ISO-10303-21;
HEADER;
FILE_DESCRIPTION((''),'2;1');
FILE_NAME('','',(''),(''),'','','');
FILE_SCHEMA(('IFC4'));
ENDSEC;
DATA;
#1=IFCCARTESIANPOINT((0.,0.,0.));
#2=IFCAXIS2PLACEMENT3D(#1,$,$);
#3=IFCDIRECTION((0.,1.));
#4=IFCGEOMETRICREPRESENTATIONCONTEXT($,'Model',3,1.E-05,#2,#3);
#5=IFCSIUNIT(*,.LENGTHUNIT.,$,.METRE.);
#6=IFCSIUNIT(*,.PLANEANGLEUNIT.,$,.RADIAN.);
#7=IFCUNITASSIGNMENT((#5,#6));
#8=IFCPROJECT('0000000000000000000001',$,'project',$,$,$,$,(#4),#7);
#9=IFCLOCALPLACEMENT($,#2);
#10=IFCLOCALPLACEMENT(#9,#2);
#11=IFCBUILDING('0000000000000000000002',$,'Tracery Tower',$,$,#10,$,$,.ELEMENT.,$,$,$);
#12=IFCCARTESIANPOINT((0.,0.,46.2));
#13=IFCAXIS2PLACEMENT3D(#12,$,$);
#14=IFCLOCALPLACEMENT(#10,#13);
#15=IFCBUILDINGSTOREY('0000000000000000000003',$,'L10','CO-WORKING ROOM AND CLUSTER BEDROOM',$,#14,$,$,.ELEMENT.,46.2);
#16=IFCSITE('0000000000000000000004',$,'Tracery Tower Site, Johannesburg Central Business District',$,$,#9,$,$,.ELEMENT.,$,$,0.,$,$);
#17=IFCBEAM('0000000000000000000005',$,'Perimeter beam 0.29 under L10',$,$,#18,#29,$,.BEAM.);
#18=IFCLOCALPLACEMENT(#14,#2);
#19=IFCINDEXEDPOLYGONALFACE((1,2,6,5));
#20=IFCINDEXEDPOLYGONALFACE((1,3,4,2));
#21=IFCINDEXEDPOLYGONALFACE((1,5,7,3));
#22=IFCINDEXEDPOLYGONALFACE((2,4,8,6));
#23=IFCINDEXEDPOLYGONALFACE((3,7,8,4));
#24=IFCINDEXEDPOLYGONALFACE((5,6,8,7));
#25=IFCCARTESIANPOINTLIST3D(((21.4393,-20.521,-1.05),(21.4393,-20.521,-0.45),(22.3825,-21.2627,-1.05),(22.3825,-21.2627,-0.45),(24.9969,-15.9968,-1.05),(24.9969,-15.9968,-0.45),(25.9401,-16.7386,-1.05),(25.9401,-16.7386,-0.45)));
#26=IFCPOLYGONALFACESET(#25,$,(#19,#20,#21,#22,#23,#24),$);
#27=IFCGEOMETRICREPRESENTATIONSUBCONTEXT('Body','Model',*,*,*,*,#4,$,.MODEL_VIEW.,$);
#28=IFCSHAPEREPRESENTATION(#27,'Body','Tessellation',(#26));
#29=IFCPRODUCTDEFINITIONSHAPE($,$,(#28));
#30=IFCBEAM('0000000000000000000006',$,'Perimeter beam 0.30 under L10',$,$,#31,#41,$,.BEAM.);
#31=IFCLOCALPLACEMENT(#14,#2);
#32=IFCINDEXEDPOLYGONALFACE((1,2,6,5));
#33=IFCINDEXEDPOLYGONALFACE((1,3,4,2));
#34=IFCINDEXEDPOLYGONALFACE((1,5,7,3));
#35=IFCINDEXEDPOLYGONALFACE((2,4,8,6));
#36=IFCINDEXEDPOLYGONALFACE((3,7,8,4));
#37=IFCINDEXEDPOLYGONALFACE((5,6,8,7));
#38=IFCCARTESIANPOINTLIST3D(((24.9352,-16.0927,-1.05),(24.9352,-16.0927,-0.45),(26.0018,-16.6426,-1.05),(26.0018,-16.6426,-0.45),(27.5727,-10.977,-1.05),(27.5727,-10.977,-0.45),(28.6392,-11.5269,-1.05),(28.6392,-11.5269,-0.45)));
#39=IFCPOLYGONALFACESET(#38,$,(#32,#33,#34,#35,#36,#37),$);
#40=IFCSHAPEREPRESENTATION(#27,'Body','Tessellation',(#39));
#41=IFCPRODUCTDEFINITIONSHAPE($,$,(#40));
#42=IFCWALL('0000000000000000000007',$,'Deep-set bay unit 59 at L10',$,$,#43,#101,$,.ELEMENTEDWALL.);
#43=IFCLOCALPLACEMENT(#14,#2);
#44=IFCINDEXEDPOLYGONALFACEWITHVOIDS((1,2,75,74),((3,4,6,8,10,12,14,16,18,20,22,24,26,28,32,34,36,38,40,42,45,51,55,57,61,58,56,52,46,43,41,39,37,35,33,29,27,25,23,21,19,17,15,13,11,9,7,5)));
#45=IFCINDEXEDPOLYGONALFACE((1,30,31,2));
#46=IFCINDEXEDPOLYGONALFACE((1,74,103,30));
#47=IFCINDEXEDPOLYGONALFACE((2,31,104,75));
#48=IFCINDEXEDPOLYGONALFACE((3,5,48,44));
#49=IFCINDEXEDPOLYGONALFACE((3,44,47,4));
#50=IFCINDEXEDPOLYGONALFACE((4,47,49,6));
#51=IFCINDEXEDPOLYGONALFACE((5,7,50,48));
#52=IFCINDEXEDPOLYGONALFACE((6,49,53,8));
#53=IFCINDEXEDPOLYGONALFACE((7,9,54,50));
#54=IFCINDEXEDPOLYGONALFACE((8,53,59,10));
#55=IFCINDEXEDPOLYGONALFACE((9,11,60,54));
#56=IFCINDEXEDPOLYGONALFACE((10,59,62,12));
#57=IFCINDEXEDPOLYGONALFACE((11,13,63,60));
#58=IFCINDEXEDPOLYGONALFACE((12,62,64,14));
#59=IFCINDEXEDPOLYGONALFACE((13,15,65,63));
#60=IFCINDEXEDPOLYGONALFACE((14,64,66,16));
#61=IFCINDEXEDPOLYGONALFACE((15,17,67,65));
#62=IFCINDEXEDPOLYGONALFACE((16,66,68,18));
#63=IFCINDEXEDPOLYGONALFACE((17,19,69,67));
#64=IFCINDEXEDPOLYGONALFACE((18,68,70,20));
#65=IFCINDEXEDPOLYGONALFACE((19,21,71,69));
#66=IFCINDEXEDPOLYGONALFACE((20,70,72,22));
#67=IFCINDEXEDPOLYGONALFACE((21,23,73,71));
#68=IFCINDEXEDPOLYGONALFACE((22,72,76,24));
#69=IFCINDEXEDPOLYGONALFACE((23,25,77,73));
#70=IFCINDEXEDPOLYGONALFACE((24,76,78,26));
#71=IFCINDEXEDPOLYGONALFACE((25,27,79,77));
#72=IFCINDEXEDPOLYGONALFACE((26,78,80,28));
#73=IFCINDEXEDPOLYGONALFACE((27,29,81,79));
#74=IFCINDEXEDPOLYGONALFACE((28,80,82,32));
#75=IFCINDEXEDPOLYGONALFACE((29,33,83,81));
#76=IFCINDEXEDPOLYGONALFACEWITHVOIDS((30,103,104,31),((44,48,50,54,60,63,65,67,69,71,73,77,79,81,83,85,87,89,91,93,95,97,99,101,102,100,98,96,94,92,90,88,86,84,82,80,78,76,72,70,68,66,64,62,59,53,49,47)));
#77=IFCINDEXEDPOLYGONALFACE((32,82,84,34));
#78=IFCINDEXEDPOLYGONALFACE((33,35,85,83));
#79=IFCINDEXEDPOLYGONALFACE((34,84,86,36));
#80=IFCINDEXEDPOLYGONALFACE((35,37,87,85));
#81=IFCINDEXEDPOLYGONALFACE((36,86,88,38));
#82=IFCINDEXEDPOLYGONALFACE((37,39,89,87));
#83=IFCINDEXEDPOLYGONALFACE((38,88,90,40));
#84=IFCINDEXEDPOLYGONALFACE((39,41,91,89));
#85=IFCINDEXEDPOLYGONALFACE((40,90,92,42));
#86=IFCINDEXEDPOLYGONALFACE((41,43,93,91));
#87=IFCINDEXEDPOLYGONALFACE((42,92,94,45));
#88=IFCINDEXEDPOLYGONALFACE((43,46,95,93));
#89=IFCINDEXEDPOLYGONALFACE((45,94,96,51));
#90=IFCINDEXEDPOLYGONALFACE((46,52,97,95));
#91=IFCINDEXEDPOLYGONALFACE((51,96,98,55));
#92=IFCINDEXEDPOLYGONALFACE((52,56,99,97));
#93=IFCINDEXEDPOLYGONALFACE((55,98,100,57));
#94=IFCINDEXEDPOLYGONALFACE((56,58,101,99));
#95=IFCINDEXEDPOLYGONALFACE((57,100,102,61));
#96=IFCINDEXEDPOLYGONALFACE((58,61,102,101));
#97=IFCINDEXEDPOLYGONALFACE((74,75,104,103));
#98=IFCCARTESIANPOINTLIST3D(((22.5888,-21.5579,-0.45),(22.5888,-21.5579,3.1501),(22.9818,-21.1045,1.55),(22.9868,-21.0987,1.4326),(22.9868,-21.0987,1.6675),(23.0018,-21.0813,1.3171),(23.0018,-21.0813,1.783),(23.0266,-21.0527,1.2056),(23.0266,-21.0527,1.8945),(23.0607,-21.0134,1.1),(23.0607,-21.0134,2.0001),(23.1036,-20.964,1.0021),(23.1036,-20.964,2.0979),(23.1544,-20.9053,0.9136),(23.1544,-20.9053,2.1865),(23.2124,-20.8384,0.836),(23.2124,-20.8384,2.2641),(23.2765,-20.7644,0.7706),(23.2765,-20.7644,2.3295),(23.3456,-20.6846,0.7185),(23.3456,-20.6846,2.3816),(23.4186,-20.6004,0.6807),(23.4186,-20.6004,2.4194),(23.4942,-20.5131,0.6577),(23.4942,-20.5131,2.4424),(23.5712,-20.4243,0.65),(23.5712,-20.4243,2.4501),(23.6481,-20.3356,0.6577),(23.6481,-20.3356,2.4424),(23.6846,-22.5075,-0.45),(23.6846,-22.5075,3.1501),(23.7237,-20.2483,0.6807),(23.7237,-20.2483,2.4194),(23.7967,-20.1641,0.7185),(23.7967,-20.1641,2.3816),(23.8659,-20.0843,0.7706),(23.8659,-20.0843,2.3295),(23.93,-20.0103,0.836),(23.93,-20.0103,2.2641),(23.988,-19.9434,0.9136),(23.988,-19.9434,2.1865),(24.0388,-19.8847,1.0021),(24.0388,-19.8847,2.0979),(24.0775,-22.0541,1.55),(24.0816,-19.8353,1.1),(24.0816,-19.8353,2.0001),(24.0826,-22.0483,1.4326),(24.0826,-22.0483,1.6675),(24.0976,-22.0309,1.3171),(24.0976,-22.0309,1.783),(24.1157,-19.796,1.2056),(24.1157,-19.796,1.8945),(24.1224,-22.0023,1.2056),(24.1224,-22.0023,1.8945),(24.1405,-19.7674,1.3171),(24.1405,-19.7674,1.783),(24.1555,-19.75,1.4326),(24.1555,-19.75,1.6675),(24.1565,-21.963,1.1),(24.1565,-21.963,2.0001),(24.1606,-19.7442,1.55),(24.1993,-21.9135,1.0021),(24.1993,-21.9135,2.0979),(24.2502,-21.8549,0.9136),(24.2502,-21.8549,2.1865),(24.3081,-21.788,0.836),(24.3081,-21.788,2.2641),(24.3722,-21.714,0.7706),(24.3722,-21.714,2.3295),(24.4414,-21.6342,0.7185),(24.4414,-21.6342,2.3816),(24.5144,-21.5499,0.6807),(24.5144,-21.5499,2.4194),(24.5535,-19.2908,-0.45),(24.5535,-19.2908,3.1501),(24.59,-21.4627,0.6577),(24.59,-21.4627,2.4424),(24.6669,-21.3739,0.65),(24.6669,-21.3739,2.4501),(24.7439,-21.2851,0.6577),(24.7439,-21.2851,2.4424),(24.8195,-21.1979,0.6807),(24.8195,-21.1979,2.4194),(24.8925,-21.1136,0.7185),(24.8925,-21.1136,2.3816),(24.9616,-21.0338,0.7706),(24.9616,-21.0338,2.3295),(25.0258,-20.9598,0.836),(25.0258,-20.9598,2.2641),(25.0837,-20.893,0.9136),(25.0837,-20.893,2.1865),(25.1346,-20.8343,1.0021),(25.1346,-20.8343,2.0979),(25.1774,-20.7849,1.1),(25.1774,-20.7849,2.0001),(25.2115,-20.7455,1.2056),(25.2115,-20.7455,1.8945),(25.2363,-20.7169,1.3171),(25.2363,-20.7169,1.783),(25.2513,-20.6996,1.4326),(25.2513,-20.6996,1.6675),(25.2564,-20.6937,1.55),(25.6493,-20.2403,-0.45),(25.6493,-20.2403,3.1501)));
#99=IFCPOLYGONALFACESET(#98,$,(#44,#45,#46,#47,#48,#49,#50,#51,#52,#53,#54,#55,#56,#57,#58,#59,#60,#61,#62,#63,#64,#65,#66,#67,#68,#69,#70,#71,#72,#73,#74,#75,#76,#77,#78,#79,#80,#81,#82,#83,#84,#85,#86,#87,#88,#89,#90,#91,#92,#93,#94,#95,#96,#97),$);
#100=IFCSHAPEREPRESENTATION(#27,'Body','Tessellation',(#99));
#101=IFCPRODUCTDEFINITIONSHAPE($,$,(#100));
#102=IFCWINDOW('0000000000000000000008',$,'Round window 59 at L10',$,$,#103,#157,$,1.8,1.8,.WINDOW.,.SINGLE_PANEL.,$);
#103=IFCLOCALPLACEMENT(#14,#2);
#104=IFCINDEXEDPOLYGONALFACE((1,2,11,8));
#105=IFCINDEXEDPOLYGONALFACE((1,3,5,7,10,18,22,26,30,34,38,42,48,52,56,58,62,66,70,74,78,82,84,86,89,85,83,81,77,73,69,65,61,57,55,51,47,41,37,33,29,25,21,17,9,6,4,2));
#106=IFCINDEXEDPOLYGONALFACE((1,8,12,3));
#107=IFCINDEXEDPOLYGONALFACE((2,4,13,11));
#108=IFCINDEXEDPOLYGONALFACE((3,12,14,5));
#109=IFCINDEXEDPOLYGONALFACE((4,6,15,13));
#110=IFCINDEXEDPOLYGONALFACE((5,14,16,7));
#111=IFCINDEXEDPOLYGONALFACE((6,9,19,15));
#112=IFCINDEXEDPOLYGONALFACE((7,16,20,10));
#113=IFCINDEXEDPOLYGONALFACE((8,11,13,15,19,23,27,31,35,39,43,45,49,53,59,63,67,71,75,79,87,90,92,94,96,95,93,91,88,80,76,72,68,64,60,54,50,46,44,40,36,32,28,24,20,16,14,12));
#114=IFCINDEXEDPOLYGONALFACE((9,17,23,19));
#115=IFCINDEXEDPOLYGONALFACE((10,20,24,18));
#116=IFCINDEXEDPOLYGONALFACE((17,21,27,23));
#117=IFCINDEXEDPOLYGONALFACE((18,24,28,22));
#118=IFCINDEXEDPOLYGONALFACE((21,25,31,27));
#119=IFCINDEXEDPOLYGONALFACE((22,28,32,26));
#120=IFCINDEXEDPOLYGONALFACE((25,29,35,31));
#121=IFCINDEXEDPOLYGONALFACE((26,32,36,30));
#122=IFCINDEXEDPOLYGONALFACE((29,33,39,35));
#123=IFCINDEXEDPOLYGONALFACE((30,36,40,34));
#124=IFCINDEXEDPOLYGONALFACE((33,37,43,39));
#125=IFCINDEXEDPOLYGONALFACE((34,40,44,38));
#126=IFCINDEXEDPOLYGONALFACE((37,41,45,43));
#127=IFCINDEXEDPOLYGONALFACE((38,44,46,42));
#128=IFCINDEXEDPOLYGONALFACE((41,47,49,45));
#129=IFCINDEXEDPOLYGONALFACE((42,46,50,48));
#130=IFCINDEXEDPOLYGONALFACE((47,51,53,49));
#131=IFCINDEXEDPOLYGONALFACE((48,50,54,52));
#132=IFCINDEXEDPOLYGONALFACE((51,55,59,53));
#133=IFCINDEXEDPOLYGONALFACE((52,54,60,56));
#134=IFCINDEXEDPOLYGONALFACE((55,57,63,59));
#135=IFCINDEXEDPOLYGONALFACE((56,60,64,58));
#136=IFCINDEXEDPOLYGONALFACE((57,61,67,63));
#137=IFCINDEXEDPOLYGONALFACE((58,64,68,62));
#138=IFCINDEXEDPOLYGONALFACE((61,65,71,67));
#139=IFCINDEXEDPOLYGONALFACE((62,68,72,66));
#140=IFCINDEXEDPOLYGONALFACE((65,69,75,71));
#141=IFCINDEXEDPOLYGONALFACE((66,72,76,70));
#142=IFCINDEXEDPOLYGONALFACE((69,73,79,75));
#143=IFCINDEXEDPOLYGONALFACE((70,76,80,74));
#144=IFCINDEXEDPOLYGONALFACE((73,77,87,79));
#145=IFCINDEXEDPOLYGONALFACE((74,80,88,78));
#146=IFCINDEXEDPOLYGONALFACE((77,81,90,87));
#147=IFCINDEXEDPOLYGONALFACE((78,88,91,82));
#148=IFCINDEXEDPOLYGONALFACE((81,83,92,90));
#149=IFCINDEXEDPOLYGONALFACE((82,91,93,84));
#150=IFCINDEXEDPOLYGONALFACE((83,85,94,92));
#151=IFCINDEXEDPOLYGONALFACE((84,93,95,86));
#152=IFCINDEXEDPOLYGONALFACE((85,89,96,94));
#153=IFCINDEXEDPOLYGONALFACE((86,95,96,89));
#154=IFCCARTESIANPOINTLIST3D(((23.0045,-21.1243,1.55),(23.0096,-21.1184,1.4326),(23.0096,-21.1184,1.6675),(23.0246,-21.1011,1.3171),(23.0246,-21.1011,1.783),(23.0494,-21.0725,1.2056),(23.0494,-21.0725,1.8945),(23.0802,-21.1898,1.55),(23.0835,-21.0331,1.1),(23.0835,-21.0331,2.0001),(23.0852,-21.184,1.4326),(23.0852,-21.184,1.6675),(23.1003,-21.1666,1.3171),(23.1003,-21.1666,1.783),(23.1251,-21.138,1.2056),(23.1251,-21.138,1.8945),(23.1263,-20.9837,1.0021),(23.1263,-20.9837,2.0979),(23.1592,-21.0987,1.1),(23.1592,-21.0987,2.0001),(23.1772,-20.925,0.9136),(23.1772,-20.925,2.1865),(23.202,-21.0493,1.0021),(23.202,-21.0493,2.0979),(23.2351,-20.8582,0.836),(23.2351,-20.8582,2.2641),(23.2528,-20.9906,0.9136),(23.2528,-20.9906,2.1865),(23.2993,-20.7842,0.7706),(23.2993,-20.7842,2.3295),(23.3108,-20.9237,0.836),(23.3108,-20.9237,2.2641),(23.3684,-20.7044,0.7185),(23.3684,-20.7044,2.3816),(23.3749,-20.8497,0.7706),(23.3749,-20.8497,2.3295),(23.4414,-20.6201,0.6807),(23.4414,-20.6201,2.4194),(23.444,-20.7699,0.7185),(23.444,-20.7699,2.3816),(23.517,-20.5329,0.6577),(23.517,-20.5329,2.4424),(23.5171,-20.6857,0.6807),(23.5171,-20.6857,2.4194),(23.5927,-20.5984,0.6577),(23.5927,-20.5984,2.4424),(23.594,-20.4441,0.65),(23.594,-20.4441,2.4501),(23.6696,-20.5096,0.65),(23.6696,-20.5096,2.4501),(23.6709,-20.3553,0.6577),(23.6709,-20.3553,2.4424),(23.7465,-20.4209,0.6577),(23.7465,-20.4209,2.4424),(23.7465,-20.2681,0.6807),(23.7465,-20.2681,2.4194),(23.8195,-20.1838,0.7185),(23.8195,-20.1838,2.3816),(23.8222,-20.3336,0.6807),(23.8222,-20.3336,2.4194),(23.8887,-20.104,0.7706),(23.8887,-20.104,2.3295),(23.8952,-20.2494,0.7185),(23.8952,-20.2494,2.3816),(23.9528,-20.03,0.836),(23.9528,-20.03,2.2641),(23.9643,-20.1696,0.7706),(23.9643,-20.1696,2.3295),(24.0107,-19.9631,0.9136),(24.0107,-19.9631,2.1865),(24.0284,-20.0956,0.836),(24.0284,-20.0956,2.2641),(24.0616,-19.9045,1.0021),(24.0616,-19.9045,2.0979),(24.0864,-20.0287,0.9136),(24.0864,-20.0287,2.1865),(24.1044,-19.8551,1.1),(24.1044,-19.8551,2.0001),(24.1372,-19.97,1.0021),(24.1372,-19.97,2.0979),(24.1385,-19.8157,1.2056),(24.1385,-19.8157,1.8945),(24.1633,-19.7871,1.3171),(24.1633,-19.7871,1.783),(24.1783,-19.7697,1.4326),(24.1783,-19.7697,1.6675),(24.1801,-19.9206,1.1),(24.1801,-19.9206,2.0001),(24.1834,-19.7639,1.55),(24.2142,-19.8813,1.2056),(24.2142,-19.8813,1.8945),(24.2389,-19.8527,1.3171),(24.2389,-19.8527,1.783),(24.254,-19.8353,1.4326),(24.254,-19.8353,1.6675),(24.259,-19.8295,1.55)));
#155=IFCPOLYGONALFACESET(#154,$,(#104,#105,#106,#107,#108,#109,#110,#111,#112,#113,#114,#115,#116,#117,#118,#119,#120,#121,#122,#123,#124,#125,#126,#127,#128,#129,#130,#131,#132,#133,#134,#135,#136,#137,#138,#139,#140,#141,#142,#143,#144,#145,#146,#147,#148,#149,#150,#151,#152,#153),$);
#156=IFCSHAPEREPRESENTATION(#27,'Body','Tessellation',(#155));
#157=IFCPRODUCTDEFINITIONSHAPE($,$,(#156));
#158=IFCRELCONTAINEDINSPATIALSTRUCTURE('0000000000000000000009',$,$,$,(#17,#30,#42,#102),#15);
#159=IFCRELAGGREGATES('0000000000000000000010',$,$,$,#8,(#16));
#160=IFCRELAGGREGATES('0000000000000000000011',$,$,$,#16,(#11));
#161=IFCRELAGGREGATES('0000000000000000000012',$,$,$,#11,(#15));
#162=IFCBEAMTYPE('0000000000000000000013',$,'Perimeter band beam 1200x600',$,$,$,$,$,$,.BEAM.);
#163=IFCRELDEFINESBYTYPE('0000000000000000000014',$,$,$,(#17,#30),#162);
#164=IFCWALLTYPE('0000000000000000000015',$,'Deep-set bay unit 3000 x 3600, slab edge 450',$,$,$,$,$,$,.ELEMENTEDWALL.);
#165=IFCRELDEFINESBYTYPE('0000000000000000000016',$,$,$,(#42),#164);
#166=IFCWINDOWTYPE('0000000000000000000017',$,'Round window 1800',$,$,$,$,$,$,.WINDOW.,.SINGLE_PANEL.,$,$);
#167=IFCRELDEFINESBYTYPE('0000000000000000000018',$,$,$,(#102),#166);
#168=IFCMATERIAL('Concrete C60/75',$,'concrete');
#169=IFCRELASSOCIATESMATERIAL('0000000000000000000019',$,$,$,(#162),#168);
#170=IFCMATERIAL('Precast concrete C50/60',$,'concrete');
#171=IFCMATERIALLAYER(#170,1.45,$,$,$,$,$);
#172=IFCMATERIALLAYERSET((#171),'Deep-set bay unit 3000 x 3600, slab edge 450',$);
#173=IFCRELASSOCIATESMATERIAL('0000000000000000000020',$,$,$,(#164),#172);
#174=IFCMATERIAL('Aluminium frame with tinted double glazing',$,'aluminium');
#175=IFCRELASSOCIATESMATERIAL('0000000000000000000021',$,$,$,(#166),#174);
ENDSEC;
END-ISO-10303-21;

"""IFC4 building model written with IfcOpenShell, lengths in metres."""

from ifc_helpers import new_model, si_unit, direction, frame, frame_2d, origin, origin_2d, place, context, subcontext, project, spatial, rectangle, circle, extrude, material, layer, layer_set, material_profile, profile_set, type_object, element, fill, save


model = new_model("IFC4")

# Units and contexts
model_context = context("Model", 3, precision=1e-05, world=origin(), true_north=direction((0.0, 1.0)))
body_context = subcontext(model_context, "Body", "Model", "MODEL_VIEW")
ifc_project = project(units=[si_unit("LENGTHUNIT", "METRE"), si_unit("PLANEANGLEUNIT", "RADIAN")], contexts=[model_context])

# Site, building, storey
site_placement = place(None, origin())
site = spatial("IfcSite", under=ifc_project, at=site_placement, Name="Tracery Tower Site, Johannesburg Central Business District", CompositionType="ELEMENT", RefElevation=0.0)
building_placement = place(site_placement, origin())
building = spatial("IfcBuilding", under=site, at=building_placement, Name="Tracery Tower", CompositionType="ELEMENT")
storey_placement = place(building_placement, frame((0.0, 0.0, 46.2)))
storey = spatial("IfcBuildingStorey", under=building, at=storey_placement, Name="L10", Description="CO-WORKING ROOM AND CLUSTER BEDROOM", CompositionType="ELEMENT", Elevation=46.2)

# Beams
ifc_material_1 = material(Name="Concrete C60/75", Category="concrete")
ifc_material_profile_1 = material_profile(ifc_material_1, rectangle(XDim=1.2, YDim=0.6001, at=origin_2d()), Name="RC 1200x600")
ifc_profile_set_1 = profile_set([ifc_material_profile_1], Name="Concrete C60/75")
beam_type_1 = type_object("IfcBeamType", Name="Perimeter band beam 1200x600", PredefinedType="BEAM", material=ifc_profile_set_1)
beam_1_placement = place(storey_placement, frame((21.9109, -20.8918, -0.75), z_axis=(0.618134, 0.786072, 0.0), x_axis=(-0.786072, 0.618134, 0.0)))
element("IfcBeam", 1, at=beam_1_placement, inside=storey, type_object=beam_type_1, Name="Perimeter beam 0.29 under L10", PredefinedType="BEAM", context=body_context, shape_type="SweptSolid", body=[
    extrude(rectangle(XDim=1.2, YDim=0.6001, at=origin_2d()), origin(), (0.0, 0.0, 1.0), 5.7554),
])
beam_2_placement = place(storey_placement, frame((25.4685, -16.3677, -0.75), z_axis=(0.458242, 0.888827, 0.0), x_axis=(-0.888827, 0.458242, 0.0)))
element("IfcBeam", 2, at=beam_2_placement, inside=storey, type_object=beam_type_1, Name="Perimeter beam 0.30 under L10", PredefinedType="BEAM", context=body_context, shape_type="SweptSolid", body=[
    extrude(rectangle(XDim=1.2, YDim=0.6001, at=origin_2d()), origin(), (0.0, 0.0, 1.0), 5.7556),
])

# Wall, opening, window
ifc_material_2 = material(Name="Precast concrete C50/60", Category="concrete")
ifc_layer_1 = layer(ifc_material_2, 1.45)
ifc_layer_set_1 = layer_set([ifc_layer_1], Name="Deep-set bay unit 3000 x 3600, slab edge 450")
wall_type_1 = type_object("IfcWallType", Name="Deep-set bay unit 3000 x 3600, slab edge 450", PredefinedType="ELEMENTEDWALL", material=ifc_layer_set_1)
wall_1_placement = place(storey_placement, frame((23.1367, -22.0327, -0.45), z_axis=(0.0, 0.0, 1.0), x_axis=(0.65489, 0.755724, 0.0)))
wall_1 = element("IfcWall", 3, at=wall_1_placement, inside=storey, type_object=wall_type_1, Name="Deep-set bay unit 59 at L10", PredefinedType="ELEMENTEDWALL", context=body_context, shape_type="SweptSolid", body=[
    extrude(rectangle(XDim=3.0, YDim=1.45, at=frame_2d((1.5, 0.0))), origin(), (0.0, 0.0, 1.0), 3.6001),
])
opening_1_placement = place(wall_1_placement, frame((1.5, 0.0, 2.0)))
opening_1 = element("IfcOpeningElement", 4, at=opening_1_placement, cuts=wall_1, PredefinedType="OPENING", context=body_context, shape_type="SweptSolid", body=[
    extrude(circle(Radius=0.9, at=origin_2d()), frame((0.0, 0.7349, 0.0), z_axis=(0.0, -1.0, 0.0), x_axis=(1.0, 0.0, 0.0)), (0.0, 0.0, 1.0), 1.47),
])
ifc_material_3 = material(Name="Aluminium frame with tinted double glazing", Category="aluminium")
window_type = type_object("IfcWindowType", Name="Round window 1800", PartitioningType="SINGLE_PANEL", PredefinedType="WINDOW", material=ifc_material_3)
window_1_placement = place(opening_1_placement, origin())
window_1 = element("IfcWindow", 5, at=window_1_placement, inside=storey, type_object=window_type, Name="Round window 59 at L10", OverallHeight=1.8, OverallWidth=1.8, PartitioningType="SINGLE_PANEL", PredefinedType="WINDOW", context=body_context, shape_type="SweptSolid", body=[
    extrude(circle(Radius=0.9, at=origin_2d()), frame((0.0, 0.6948, 0.0), z_axis=(0.0, -1.0, 0.0), x_axis=(1.0, 0.0, 0.0)), (0.0, 0.0, 1.0), 0.1001),
])
fill(opening_1, window_1)

save(model, "model.ifc")
